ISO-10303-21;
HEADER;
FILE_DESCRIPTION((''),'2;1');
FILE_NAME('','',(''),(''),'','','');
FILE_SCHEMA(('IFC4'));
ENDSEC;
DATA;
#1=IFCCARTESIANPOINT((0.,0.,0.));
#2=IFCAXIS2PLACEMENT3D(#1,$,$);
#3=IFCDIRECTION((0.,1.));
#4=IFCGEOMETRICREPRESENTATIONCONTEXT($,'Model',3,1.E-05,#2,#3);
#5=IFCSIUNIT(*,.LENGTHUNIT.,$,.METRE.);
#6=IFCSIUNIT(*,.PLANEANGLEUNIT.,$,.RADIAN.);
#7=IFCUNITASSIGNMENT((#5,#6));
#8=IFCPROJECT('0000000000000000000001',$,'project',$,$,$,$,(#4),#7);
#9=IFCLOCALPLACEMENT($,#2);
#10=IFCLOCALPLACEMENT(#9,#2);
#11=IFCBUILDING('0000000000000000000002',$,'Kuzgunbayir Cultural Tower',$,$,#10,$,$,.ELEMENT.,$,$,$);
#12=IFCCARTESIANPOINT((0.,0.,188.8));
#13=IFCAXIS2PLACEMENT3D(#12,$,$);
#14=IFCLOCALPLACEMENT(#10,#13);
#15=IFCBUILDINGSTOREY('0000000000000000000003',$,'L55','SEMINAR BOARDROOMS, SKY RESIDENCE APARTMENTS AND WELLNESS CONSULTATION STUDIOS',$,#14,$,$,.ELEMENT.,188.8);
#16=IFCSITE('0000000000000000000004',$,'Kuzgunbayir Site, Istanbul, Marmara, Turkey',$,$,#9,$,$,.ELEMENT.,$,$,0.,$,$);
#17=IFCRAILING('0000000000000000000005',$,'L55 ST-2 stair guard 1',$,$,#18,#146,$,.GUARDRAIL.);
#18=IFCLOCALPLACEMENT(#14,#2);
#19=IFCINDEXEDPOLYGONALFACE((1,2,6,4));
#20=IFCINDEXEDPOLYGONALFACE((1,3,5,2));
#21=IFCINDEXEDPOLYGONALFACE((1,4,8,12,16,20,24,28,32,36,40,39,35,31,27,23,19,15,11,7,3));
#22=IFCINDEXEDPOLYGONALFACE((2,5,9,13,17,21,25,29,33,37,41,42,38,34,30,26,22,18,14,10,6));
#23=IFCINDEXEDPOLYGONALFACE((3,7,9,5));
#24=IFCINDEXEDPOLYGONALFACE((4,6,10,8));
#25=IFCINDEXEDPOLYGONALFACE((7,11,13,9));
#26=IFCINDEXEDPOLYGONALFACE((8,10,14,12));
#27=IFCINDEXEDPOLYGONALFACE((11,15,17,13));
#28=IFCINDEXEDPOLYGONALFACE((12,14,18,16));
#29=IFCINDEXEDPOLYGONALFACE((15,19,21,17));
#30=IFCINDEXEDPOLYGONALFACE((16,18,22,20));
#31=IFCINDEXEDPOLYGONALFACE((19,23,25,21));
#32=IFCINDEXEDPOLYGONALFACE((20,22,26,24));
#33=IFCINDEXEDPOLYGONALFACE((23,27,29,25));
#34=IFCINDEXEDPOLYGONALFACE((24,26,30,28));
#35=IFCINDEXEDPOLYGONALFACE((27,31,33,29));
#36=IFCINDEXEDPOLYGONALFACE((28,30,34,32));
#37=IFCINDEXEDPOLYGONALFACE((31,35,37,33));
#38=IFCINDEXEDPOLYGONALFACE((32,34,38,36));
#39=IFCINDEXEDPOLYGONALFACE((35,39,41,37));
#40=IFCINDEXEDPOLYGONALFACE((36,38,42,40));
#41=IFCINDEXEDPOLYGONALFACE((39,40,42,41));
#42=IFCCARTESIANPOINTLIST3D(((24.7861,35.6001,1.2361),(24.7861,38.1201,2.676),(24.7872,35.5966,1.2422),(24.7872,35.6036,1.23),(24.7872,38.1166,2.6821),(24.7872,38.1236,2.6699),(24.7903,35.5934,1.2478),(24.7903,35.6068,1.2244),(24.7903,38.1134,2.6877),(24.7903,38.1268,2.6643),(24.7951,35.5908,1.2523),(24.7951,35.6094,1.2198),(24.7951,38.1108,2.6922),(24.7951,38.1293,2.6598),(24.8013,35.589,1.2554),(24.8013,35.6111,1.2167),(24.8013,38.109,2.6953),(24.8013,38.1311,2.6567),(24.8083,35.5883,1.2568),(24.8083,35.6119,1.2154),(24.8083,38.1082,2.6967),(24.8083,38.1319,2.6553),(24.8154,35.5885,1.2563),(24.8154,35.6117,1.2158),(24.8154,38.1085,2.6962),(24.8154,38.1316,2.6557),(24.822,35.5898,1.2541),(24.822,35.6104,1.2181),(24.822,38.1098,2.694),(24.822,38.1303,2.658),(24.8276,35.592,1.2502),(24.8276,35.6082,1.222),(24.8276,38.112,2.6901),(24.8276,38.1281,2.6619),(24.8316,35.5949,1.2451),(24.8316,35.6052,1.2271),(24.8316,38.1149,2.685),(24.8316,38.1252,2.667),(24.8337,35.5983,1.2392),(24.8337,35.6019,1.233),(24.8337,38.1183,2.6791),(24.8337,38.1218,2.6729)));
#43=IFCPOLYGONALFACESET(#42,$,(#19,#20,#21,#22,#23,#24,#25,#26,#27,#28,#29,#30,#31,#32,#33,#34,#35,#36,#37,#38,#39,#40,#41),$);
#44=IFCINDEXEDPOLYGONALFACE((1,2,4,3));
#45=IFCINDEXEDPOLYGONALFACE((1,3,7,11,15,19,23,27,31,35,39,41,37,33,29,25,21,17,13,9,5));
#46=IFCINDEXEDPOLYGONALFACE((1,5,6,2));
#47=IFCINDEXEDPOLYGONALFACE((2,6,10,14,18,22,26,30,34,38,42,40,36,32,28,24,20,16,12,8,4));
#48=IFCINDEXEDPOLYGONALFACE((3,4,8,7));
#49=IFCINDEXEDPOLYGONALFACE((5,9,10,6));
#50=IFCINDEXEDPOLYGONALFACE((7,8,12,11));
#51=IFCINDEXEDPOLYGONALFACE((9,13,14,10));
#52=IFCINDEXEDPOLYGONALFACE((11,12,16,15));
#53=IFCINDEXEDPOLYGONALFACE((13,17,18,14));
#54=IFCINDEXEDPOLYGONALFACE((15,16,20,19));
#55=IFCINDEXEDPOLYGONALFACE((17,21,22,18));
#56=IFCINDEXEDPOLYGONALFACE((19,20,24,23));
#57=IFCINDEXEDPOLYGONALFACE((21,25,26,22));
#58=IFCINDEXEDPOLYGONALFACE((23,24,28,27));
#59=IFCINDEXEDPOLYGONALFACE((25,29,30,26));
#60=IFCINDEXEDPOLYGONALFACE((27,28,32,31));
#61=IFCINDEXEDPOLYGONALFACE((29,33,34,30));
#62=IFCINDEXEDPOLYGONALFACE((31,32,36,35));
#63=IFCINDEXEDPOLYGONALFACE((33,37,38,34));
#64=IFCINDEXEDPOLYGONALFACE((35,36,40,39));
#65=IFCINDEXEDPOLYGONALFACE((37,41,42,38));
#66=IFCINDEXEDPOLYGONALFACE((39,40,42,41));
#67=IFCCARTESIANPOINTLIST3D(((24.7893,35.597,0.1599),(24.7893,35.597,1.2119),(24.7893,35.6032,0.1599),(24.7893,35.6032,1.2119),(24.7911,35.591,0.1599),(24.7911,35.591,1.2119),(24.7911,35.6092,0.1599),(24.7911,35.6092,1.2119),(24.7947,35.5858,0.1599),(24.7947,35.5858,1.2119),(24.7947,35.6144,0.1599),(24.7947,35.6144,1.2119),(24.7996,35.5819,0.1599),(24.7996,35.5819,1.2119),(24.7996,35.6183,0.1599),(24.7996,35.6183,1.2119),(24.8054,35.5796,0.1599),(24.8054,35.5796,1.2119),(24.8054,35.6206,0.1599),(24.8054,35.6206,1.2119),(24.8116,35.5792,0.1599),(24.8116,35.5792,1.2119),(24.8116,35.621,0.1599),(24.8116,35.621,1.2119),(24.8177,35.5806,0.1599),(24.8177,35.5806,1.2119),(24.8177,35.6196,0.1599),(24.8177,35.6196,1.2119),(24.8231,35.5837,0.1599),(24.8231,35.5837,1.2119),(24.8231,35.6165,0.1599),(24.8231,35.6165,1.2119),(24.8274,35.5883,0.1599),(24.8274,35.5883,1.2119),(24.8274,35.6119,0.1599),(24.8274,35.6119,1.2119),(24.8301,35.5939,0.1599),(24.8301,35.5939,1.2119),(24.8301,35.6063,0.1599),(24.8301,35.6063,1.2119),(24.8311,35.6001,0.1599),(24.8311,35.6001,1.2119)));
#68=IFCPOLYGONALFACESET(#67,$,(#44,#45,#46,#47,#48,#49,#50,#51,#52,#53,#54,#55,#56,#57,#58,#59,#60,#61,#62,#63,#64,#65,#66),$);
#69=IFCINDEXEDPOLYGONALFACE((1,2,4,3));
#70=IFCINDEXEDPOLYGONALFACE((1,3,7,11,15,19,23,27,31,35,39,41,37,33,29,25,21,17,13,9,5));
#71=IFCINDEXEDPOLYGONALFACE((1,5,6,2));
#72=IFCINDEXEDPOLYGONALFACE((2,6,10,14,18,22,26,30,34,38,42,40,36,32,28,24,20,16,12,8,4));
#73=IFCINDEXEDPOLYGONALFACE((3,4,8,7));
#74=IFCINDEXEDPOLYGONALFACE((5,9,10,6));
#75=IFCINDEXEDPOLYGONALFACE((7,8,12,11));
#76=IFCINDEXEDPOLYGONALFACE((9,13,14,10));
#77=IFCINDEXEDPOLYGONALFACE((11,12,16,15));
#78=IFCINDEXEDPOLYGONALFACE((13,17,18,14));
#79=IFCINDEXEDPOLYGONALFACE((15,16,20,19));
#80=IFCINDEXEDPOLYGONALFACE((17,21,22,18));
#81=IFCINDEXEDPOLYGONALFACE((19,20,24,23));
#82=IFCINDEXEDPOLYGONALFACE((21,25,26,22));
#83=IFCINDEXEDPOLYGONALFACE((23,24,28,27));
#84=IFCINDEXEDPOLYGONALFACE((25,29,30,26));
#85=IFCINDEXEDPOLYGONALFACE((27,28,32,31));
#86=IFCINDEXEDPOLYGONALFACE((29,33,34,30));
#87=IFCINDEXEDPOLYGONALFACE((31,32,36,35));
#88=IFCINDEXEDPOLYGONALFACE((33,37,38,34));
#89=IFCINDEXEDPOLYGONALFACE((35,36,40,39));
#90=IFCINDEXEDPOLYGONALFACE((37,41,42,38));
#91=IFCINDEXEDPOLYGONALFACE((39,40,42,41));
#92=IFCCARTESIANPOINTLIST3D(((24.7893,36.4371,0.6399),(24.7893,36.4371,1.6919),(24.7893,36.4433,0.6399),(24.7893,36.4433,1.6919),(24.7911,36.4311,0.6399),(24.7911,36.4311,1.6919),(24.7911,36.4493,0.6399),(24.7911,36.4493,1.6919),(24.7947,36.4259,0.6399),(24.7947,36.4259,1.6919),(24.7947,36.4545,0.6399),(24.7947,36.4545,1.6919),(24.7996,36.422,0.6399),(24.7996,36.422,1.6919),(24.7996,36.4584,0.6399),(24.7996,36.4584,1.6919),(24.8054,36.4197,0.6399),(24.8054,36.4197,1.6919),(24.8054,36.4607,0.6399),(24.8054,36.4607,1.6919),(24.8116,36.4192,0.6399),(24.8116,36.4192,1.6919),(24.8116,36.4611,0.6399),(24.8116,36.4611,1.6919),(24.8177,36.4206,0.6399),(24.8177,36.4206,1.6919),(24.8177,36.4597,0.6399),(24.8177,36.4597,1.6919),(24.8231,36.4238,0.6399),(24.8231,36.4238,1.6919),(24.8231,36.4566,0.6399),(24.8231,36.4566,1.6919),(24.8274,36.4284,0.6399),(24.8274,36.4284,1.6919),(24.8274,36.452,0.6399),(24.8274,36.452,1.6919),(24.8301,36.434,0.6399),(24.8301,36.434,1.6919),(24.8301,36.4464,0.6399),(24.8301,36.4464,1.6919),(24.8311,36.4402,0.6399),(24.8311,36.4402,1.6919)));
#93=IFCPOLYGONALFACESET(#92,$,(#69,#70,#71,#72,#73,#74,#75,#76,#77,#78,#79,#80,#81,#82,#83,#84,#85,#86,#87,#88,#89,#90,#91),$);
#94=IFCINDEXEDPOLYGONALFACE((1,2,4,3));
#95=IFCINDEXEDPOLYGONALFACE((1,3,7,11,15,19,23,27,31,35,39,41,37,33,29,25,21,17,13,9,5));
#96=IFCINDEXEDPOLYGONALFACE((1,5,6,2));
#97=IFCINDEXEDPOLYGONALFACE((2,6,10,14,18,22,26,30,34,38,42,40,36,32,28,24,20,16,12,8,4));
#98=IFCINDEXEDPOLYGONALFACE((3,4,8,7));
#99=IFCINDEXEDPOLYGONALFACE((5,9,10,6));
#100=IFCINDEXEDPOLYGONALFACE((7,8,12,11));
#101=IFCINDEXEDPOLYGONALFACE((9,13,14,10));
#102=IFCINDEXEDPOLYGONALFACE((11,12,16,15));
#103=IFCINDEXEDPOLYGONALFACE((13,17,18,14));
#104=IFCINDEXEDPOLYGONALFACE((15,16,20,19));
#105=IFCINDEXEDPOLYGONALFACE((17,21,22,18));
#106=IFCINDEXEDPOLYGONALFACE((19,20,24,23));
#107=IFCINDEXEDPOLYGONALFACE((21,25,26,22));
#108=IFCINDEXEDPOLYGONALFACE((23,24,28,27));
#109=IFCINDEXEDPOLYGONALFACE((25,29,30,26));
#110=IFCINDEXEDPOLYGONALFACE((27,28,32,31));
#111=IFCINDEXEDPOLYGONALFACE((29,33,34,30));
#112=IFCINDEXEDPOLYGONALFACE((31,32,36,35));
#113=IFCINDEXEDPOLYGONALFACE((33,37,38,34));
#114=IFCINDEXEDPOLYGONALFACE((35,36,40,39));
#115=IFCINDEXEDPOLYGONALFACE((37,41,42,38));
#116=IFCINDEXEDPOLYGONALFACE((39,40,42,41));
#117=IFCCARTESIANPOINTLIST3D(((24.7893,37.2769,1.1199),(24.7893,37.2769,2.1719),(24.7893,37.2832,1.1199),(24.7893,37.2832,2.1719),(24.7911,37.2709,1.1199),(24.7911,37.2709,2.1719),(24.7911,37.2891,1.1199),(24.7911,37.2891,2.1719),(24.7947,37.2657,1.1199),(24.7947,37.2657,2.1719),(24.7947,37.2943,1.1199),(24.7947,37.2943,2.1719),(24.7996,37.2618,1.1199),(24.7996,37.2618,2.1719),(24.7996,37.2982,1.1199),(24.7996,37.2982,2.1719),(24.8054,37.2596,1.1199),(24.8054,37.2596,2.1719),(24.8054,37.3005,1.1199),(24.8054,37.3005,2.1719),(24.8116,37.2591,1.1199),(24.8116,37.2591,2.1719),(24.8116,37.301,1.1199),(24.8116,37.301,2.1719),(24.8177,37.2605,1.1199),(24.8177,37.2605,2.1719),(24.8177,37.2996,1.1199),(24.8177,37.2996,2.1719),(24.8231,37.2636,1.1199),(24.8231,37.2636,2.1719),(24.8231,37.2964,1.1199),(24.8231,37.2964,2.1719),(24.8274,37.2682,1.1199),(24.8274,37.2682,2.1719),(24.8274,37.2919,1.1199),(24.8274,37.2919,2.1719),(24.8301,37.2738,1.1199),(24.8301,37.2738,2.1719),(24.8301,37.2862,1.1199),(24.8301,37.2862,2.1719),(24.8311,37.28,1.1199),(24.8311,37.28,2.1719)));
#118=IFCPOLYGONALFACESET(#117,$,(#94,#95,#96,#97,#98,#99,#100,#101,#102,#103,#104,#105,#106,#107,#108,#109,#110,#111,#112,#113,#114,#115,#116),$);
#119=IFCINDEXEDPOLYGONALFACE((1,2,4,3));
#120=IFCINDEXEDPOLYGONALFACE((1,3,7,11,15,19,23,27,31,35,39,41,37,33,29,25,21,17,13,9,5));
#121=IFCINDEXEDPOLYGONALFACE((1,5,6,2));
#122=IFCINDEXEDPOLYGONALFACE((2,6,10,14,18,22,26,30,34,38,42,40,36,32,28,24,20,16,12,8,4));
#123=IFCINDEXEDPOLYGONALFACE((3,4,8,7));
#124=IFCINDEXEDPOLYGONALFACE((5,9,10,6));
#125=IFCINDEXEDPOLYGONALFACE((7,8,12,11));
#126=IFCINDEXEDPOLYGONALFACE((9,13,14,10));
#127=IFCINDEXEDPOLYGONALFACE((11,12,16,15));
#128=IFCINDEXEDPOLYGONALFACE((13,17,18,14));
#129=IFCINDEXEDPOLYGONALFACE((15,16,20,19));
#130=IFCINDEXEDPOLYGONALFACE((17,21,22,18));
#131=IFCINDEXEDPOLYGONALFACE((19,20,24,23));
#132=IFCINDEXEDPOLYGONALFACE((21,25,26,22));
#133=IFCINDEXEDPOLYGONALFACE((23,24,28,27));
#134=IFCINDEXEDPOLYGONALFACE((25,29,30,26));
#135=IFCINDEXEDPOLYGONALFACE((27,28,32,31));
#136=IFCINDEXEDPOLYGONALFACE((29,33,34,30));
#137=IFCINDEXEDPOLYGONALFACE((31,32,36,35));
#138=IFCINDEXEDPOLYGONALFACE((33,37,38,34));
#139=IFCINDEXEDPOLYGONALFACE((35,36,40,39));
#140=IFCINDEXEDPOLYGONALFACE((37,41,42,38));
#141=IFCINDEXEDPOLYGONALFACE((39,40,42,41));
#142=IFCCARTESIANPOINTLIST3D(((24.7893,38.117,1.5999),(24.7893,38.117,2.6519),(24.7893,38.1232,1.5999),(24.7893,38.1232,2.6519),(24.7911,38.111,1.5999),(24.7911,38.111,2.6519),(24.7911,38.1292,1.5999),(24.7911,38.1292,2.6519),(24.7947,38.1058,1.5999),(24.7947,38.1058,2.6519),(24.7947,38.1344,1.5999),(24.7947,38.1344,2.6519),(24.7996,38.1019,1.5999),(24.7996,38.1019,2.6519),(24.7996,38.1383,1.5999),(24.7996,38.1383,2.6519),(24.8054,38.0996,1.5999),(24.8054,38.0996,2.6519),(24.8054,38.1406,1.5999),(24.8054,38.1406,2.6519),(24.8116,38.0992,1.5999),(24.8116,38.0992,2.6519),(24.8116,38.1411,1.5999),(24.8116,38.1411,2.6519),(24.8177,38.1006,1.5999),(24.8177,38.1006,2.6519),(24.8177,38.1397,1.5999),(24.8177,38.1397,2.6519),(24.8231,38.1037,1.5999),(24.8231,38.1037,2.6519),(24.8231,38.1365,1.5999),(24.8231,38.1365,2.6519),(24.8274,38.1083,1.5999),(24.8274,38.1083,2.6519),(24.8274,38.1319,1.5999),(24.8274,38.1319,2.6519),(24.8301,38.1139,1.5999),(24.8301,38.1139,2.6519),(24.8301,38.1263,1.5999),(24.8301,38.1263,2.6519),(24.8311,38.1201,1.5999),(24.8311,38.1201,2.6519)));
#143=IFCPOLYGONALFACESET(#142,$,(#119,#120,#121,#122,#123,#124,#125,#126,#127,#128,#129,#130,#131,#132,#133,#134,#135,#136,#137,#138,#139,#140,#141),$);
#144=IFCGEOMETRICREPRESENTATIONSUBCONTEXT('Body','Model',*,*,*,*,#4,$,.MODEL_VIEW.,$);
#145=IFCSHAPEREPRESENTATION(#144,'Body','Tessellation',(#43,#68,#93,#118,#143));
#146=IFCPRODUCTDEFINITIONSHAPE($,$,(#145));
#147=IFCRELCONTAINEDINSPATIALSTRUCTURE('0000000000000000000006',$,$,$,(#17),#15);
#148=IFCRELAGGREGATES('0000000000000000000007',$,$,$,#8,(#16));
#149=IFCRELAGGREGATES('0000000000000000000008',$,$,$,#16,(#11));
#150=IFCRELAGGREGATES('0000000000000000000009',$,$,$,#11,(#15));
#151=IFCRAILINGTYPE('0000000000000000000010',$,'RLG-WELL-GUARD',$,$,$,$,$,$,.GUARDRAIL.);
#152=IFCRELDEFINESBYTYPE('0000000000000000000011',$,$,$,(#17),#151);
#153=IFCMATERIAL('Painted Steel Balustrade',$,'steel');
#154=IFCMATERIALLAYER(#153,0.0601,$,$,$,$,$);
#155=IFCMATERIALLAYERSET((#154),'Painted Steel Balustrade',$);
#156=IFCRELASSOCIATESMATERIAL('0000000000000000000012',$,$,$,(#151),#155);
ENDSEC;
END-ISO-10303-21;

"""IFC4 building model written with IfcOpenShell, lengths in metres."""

from ifc_helpers import new_model, si_unit, direction, frame, origin, origin_2d, place, context, subcontext, project, spatial, circle, extrude, material, layer, layer_set, type_object, element, save


model = new_model("IFC4")

# Units and contexts
model_context = context("Model", 3, precision=1e-05, world=origin(), true_north=direction((0.0, 1.0)))
body_context = subcontext(model_context, "Body", "Model", "MODEL_VIEW")
ifc_project = project(units=[si_unit("LENGTHUNIT", "METRE"), si_unit("PLANEANGLEUNIT", "RADIAN")], contexts=[model_context])

# Site, building, storey
site_placement = place(None, origin())
site = spatial("IfcSite", under=ifc_project, at=site_placement, Name="Kuzgunbayir Site, Istanbul, Marmara, Turkey", CompositionType="ELEMENT", RefElevation=0.0)
building_placement = place(site_placement, origin())
building = spatial("IfcBuilding", under=site, at=building_placement, Name="Kuzgunbayir Cultural Tower", CompositionType="ELEMENT")
storey_placement = place(building_placement, frame((0.0, 0.0, 188.8)))
storey = spatial("IfcBuildingStorey", under=building, at=storey_placement, Name="L55", Description="SEMINAR BOARDROOMS, SKY RESIDENCE APARTMENTS AND WELLNESS CONSULTATION STUDIOS", CompositionType="ELEMENT", Elevation=188.8)

# Railing
ifc_material_1 = material(Name="Painted Steel Balustrade", Category="steel")
ifc_layer_1 = layer(ifc_material_1, 0.0601)
ifc_layer_set_1 = layer_set([ifc_layer_1], Name="Painted Steel Balustrade")
railing_type_1 = type_object("IfcRailingType", Name="RLG-WELL-GUARD", PredefinedType="GUARDRAIL", material=ifc_layer_set_1)
railing_1_placement = place(storey_placement, frame((24.8101, 35.6001, 0.1599)))
element("IfcRailing", 1, at=railing_1_placement, inside=storey, type_object=railing_type_1, Name="L55 ST-2 stair guard 1", PredefinedType="GUARDRAIL", context=body_context, shape_type="SweptSolid", body=[
    extrude(circle(Radius=0.0239, at=origin_2d()), frame((0.0, 0.0, 1.0762), z_axis=(0.0, 0.868253, 0.496121), x_axis=(-1.0, 0.0, 0.0)), (0.0, 0.0, 1.0), 2.9023),
    extrude(circle(Radius=0.021, at=origin_2d()), origin(), (0.0, 0.0, 1.0), 1.052),
    extrude(circle(Radius=0.021, at=origin_2d()), frame((0.0, 0.8401, 0.48)), (0.0, 0.0, 1.0), 1.052),
    extrude(circle(Radius=0.021, at=origin_2d()), frame((0.0, 1.6799, 0.96)), (0.0, 0.0, 1.0), 1.052),
    extrude(circle(Radius=0.021, at=origin_2d()), frame((0.0, 2.52, 1.4399)), (0.0, 0.0, 1.0), 1.052),
])

save(model, "model.ifc")
